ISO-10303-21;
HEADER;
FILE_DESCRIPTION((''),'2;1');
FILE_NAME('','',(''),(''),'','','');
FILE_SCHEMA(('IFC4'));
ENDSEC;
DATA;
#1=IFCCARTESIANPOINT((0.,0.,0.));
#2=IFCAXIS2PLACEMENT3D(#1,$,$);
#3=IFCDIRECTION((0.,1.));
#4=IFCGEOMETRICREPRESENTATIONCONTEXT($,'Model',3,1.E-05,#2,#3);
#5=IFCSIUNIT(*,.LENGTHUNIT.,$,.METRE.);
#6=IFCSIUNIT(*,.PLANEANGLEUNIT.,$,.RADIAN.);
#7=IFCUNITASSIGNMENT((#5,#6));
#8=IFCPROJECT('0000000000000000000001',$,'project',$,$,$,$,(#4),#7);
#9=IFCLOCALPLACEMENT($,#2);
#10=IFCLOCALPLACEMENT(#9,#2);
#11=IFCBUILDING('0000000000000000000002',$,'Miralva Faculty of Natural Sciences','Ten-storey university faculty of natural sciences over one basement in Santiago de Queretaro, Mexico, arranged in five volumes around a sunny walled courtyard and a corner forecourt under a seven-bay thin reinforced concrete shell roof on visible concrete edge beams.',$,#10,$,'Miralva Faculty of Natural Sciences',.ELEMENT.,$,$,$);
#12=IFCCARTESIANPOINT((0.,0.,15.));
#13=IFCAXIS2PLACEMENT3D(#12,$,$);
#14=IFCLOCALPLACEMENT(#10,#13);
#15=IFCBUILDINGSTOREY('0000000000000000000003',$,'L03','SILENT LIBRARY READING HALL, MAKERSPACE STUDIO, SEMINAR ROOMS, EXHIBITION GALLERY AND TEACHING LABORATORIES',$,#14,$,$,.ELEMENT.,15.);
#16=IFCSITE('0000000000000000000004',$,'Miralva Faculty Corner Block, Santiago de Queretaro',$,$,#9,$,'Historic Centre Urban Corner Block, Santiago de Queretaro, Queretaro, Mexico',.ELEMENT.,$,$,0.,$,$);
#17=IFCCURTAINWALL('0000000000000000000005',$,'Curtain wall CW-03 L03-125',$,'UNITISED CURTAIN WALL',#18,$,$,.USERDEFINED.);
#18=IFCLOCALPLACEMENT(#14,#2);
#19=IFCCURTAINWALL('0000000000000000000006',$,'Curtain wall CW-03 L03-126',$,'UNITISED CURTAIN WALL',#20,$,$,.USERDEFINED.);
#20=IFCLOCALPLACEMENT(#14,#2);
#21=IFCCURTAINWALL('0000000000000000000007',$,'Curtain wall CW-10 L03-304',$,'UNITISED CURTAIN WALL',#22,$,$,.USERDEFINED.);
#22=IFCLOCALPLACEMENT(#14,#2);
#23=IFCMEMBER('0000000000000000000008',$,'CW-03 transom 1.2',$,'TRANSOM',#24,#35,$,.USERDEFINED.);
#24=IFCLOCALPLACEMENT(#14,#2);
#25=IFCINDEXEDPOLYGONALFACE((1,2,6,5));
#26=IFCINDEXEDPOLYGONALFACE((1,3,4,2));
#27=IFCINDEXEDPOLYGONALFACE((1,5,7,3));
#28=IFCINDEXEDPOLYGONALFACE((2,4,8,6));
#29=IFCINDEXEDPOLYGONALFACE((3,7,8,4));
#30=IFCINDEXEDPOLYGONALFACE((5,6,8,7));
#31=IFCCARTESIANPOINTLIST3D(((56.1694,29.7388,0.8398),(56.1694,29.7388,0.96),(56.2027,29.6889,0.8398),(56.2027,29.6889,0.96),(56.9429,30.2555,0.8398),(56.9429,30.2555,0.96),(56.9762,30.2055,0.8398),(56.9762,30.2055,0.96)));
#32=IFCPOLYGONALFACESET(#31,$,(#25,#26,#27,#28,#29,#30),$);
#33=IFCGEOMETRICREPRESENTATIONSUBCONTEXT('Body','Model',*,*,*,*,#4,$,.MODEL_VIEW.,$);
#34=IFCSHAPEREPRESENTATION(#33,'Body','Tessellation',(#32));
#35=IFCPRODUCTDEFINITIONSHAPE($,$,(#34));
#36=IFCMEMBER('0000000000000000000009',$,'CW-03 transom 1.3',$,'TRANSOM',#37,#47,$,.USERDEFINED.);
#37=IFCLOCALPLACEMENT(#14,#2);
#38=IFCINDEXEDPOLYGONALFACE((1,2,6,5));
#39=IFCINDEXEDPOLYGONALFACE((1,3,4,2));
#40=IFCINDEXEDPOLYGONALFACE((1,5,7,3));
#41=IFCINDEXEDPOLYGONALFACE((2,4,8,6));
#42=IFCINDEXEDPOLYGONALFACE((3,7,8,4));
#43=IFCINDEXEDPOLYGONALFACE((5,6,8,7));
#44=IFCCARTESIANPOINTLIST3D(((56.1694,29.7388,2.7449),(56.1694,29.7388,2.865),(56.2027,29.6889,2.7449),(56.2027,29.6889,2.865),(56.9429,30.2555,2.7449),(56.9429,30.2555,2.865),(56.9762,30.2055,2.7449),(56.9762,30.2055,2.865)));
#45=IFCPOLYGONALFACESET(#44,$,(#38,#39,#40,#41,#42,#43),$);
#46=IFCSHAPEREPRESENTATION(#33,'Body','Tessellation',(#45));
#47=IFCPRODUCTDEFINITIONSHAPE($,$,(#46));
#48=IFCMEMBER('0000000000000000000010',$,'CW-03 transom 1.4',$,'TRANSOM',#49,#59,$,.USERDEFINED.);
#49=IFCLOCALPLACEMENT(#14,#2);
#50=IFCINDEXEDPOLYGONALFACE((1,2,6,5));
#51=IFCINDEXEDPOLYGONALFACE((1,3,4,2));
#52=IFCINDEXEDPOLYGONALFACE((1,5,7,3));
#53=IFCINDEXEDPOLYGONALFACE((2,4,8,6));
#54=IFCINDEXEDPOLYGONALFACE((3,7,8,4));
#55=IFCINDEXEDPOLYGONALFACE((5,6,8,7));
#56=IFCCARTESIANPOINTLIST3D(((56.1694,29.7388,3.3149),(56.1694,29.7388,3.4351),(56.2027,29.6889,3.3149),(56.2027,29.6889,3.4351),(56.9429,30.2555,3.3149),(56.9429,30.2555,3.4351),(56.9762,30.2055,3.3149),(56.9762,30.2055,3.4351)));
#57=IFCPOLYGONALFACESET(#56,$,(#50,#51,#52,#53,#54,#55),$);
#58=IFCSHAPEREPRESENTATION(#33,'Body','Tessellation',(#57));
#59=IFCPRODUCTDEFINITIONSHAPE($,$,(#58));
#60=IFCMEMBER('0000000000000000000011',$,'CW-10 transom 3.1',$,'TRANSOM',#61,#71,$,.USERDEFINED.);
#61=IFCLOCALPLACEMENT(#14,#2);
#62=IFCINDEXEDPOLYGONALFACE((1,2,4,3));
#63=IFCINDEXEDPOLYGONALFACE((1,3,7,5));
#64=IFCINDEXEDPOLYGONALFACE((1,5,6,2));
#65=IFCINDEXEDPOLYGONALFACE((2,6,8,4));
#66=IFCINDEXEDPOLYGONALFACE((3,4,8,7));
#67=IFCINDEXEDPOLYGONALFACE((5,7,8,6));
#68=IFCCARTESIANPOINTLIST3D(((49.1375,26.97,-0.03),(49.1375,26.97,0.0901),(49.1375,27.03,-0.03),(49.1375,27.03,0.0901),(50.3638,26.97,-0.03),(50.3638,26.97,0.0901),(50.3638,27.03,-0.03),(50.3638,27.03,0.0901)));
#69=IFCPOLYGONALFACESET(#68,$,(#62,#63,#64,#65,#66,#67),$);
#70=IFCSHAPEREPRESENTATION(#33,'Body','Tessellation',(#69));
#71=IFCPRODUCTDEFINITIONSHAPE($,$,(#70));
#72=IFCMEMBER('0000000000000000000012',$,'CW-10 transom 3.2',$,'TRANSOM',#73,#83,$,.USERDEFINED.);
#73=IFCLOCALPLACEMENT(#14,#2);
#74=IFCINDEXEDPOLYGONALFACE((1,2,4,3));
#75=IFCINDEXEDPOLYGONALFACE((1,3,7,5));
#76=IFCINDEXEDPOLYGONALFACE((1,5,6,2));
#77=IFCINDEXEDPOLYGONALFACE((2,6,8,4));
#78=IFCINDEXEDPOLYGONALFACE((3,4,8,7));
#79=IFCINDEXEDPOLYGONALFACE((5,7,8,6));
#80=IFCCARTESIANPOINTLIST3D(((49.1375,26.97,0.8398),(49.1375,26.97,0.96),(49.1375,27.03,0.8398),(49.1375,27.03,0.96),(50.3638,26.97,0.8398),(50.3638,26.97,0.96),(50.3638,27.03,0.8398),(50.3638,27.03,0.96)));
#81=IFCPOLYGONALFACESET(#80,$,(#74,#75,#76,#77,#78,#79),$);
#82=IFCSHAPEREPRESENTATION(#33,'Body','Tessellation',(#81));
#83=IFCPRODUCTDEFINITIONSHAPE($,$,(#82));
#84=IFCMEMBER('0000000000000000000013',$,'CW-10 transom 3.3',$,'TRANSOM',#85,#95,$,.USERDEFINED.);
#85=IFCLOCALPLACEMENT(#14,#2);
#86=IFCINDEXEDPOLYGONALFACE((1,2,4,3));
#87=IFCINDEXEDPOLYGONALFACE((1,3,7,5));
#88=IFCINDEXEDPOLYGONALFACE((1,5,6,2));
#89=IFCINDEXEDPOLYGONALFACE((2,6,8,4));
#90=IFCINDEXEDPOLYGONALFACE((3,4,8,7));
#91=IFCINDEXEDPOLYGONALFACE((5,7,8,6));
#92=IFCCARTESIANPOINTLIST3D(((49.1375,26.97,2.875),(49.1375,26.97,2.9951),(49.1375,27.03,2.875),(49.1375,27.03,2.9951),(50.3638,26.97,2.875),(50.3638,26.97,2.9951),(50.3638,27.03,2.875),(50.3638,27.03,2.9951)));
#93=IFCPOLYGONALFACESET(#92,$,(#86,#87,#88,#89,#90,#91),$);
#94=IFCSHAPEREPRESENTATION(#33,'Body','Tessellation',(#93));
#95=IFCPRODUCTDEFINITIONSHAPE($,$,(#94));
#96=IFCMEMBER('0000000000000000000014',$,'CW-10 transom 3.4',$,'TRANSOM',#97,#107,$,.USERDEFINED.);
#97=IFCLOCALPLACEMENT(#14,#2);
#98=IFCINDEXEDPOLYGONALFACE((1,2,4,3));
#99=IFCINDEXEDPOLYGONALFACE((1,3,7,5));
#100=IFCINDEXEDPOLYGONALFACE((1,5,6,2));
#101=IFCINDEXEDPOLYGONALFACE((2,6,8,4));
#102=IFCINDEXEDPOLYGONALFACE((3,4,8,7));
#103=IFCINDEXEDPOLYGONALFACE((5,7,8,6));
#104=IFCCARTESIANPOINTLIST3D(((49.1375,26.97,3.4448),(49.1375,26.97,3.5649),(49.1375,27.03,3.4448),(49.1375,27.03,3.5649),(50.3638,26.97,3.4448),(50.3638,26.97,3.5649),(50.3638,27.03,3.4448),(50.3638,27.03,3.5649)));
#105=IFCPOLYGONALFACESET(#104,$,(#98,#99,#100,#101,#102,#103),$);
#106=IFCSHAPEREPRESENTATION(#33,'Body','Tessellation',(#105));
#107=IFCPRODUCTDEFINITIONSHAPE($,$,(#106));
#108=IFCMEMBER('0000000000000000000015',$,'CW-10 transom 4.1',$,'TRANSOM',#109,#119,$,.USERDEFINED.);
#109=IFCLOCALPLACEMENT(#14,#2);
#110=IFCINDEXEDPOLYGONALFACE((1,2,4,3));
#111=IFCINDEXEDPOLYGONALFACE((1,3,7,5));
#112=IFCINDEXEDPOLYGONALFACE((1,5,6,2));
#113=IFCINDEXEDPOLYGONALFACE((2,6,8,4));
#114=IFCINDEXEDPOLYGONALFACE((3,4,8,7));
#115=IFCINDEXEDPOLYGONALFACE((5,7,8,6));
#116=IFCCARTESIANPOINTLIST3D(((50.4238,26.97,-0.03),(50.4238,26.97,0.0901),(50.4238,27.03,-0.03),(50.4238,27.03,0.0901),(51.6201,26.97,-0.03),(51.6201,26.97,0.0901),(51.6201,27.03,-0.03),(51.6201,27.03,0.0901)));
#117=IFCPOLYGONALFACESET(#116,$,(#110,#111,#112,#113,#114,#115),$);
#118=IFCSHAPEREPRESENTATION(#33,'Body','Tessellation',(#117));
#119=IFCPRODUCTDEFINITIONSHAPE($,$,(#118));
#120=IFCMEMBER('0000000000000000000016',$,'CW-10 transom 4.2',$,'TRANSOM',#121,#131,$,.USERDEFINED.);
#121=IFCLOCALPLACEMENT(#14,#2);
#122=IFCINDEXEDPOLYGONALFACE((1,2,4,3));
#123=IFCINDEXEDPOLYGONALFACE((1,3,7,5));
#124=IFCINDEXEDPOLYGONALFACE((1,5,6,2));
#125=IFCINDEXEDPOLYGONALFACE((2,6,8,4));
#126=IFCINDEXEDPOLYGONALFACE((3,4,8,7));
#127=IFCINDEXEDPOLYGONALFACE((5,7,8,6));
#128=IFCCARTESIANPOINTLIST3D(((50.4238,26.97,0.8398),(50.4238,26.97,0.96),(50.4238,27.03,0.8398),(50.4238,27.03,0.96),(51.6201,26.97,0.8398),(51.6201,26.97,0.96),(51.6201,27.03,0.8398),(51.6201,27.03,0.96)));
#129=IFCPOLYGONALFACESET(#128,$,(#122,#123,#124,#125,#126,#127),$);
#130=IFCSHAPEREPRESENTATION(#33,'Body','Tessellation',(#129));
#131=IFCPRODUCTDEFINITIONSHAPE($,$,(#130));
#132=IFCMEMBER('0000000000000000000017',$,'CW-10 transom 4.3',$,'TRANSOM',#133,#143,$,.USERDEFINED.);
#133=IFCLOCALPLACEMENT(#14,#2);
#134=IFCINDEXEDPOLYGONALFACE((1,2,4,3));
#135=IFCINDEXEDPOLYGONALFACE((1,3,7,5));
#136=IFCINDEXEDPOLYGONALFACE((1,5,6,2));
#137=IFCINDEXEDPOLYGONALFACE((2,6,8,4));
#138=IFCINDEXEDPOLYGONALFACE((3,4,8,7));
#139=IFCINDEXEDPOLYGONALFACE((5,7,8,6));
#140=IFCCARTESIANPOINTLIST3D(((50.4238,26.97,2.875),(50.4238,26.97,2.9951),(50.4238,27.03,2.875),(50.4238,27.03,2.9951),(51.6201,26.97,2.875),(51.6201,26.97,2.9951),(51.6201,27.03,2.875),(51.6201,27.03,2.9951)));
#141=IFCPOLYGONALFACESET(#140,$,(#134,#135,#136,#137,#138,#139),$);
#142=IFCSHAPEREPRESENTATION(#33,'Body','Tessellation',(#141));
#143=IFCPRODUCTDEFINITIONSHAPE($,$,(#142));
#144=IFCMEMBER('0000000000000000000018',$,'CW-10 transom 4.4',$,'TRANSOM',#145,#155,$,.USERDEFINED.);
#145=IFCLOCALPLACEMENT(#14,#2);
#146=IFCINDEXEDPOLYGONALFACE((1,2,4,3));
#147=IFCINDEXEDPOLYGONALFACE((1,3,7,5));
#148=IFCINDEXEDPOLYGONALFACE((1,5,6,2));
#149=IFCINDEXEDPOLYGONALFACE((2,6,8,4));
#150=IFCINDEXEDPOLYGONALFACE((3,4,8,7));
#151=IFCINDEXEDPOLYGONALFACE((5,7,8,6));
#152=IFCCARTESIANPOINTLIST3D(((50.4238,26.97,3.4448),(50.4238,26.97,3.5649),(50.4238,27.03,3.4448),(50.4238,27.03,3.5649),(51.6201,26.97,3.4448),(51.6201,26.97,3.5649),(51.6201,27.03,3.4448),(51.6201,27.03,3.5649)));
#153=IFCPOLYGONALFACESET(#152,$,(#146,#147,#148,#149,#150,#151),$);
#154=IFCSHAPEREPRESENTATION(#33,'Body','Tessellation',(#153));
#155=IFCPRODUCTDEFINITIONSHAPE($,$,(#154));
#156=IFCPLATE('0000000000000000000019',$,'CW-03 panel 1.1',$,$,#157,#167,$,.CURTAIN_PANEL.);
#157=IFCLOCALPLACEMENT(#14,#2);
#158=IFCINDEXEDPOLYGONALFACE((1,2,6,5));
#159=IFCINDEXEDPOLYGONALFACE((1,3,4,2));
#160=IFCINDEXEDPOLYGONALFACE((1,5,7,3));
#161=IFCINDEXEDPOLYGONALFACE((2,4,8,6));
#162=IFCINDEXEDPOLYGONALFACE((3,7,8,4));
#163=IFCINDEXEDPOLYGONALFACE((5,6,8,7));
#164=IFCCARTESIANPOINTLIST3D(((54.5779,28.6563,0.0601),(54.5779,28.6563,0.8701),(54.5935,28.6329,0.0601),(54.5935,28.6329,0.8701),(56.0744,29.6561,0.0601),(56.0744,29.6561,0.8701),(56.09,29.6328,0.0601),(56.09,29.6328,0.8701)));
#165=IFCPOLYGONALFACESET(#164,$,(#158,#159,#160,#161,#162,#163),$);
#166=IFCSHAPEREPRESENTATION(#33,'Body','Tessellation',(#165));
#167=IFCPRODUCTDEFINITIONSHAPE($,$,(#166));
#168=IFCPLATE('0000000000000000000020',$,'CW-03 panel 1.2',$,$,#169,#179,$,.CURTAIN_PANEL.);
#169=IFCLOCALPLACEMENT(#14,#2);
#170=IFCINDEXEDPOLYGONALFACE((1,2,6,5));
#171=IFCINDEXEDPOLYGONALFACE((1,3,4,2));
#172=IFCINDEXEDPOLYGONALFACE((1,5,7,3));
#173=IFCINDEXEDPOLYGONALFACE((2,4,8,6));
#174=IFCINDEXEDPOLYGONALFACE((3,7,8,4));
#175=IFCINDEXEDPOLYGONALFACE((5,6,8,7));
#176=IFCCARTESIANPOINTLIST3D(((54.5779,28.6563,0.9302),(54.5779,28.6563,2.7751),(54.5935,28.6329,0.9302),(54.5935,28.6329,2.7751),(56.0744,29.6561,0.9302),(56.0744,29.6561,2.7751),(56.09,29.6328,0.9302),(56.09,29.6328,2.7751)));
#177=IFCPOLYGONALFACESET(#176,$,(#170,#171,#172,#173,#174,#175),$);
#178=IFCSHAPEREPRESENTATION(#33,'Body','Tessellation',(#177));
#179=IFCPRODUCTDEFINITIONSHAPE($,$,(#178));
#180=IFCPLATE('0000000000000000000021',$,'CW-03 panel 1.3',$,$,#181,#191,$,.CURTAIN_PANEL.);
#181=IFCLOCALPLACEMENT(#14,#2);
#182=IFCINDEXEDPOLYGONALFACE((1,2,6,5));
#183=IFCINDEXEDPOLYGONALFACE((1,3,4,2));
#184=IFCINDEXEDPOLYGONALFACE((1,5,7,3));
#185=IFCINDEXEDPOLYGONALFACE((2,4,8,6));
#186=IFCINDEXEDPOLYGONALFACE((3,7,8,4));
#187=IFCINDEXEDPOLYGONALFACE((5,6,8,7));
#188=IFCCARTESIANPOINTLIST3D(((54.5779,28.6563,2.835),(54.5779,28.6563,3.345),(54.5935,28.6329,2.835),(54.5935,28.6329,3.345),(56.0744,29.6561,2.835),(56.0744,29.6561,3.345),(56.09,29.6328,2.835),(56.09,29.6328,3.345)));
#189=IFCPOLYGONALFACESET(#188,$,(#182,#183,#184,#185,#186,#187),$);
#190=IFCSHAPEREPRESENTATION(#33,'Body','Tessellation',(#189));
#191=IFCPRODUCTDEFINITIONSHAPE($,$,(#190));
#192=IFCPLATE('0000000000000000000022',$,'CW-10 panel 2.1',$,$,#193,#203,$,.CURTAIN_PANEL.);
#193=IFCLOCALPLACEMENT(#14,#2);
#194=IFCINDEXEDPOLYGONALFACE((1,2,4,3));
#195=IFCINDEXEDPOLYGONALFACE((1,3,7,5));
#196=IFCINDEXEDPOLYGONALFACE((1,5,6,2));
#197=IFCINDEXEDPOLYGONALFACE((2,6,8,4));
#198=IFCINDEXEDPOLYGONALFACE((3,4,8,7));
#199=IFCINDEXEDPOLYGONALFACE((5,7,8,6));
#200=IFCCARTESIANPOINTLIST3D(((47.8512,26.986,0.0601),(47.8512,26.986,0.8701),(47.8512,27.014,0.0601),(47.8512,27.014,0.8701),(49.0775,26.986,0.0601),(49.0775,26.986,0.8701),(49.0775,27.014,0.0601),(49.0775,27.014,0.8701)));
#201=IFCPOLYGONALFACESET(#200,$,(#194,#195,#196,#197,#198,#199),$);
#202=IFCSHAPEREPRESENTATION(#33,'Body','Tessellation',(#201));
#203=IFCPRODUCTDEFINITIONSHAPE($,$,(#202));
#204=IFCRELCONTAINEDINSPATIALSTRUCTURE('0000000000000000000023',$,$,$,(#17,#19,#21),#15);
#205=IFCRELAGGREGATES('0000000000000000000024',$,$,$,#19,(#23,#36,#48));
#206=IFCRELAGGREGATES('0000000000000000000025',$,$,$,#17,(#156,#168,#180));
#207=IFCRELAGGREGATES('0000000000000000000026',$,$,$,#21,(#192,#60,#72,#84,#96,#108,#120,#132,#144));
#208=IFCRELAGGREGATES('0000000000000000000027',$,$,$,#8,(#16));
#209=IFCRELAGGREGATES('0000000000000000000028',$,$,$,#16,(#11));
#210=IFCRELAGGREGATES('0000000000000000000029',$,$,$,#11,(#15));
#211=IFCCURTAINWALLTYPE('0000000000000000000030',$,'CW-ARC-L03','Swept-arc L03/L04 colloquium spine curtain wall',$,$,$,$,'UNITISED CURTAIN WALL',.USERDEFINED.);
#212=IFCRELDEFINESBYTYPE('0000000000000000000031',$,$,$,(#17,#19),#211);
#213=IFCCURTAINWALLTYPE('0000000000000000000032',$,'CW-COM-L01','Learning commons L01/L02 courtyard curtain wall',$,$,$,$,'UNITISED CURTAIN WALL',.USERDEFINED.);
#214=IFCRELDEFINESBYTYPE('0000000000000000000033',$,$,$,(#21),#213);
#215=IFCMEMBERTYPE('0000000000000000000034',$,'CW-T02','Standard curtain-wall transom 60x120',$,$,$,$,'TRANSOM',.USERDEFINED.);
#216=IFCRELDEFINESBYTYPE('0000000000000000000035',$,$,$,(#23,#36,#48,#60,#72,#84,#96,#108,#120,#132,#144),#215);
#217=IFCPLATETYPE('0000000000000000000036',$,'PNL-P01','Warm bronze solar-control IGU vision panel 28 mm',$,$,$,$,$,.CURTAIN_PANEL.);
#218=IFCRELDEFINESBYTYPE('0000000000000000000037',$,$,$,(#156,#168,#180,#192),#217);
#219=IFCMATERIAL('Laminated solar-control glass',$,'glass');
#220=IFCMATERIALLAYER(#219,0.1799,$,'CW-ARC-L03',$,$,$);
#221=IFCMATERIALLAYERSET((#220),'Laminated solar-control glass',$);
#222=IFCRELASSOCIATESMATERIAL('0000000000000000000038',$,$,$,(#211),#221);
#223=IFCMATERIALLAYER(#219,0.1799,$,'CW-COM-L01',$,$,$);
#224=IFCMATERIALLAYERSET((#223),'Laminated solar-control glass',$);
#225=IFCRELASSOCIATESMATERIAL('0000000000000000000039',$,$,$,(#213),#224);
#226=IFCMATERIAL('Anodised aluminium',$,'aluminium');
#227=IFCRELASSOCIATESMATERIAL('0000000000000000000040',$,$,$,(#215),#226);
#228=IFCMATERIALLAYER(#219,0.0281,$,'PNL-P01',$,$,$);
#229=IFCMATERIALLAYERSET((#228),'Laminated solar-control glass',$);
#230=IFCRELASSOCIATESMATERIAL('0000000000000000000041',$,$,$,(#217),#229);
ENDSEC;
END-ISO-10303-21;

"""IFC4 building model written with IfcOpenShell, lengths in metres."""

from ifc_helpers import new_model, si_unit, direction, frame, origin, origin_2d, place, context, subcontext, project, spatial, rectangle, extrude, material, layer, layer_set, material_profile, profile_set, type_object, element, aggregate, save


model = new_model("IFC4")

# Units and contexts
model_context = context("Model", 3, precision=1e-05, world=origin(), true_north=direction((0.0, 1.0)))
body_context = subcontext(model_context, "Body", "Model", "MODEL_VIEW")
ifc_project = project(units=[si_unit("LENGTHUNIT", "METRE"), si_unit("PLANEANGLEUNIT", "RADIAN")], contexts=[model_context])

# Site, building, storey
site_placement = place(None, origin())
site = spatial("IfcSite", under=ifc_project, at=site_placement, Name="Miralva Faculty Corner Block, Santiago de Queretaro", LongName="Historic Centre Urban Corner Block, Santiago de Queretaro, Queretaro, Mexico", CompositionType="ELEMENT", RefElevation=0.0)
building_placement = place(site_placement, origin())
building = spatial("IfcBuilding", under=site, at=building_placement, Name="Miralva Faculty of Natural Sciences", Description="Ten-storey university faculty of natural sciences over one basement in Santiago de Queretaro, Mexico, arranged in five volumes around a sunny walled courtyard and a corner forecourt under a seven-bay thin reinforced concrete shell roof on visible concrete edge beams.", LongName="Miralva Faculty of Natural Sciences", CompositionType="ELEMENT")
storey_placement = place(building_placement, frame((0.0, 0.0, 15.0)))
storey = spatial("IfcBuildingStorey", under=building, at=storey_placement, Name="L03", Description="SILENT LIBRARY READING HALL, MAKERSPACE STUDIO, SEMINAR ROOMS, EXHIBITION GALLERY AND TEACHING LABORATORIES", CompositionType="ELEMENT", Elevation=15.0)

# Curtain wall
ifc_material_1 = material(Name="Laminated solar-control glass", Category="glass")
ifc_layer_1 = layer(ifc_material_1, 0.1799, Name="CW-ARC-L03")
ifc_layer_set_1 = layer_set([ifc_layer_1], Name="Laminated solar-control glass")
curtain_wall_type_1 = type_object("IfcCurtainWallType", Name="CW-ARC-L03", Description="Swept-arc L03/L04 colloquium spine curtain wall", ElementType="UNITISED CURTAIN WALL", PredefinedType="USERDEFINED", material=ifc_layer_set_1)
curtain_wall_1_placement = place(storey_placement, origin())
curtain_wall_1 = element("IfcCurtainWall", 1, at=curtain_wall_1_placement, inside=storey, type_object=curtain_wall_type_1, Name="Curtain wall CW-03 L03-125", ObjectType="UNITISED CURTAIN WALL", PredefinedType="USERDEFINED")
ifc_material_2 = material(Name="Anodised aluminium", Category="aluminium")

# Curtain wall
curtain_wall_2_placement = place(storey_placement, origin())
curtain_wall_2 = element("IfcCurtainWall", 2, at=curtain_wall_2_placement, inside=storey, type_object=curtain_wall_type_1, Name="Curtain wall CW-03 L03-126", ObjectType="UNITISED CURTAIN WALL", PredefinedType="USERDEFINED")

# Curtain wall
ifc_layer_2 = layer(ifc_material_1, 0.1799, Name="CW-COM-L01")
ifc_layer_set_2 = layer_set([ifc_layer_2], Name="Laminated solar-control glass")
curtain_wall_type_2 = type_object("IfcCurtainWallType", Name="CW-COM-L01", Description="Learning commons L01/L02 courtyard curtain wall", ElementType="UNITISED CURTAIN WALL", PredefinedType="USERDEFINED", material=ifc_layer_set_2)
curtain_wall_3_placement = place(storey_placement, origin())
curtain_wall_3 = element("IfcCurtainWall", 3, at=curtain_wall_3_placement, inside=storey, type_object=curtain_wall_type_2, Name="Curtain wall CW-10 L03-304", ObjectType="UNITISED CURTAIN WALL", PredefinedType="USERDEFINED")

# Members
ifc_material_profile_1 = material_profile(ifc_material_2, rectangle(XDim=0.0601, YDim=0.1201, at=origin_2d()), Name="TRANSOM 60x120")
ifc_profile_set_1 = profile_set([ifc_material_profile_1], Name="Anodised aluminium")
member_type_1 = type_object("IfcMemberType", Name="CW-T02", Description="Standard curtain-wall transom 60x120", ElementType="TRANSOM", PredefinedType="USERDEFINED", material=ifc_profile_set_1)
member_1_placement = place(storey_placement, frame((56.186, 29.7139, 0.8999), z_axis=(0.831565, 0.555427, 0.0), x_axis=(-0.555427, 0.831565, 0.0)))
member_1 = element("IfcMember", 4, at=member_1_placement, type_object=member_type_1, Name="CW-03 transom 1.2", ObjectType="TRANSOM", PredefinedType="USERDEFINED", context=body_context, shape_type="SweptSolid", body=[
    extrude(rectangle(XDim=0.0601, YDim=0.1201, at=origin_2d()), origin(), (0.0, 0.0, 1.0), 0.9302),
])
member_2_placement = place(storey_placement, frame((56.186, 29.7139, 2.8049), z_axis=(0.831565, 0.555427, 0.0), x_axis=(-0.555427, 0.831565, 0.0)))
member_2 = element("IfcMember", 5, at=member_2_placement, type_object=member_type_1, Name="CW-03 transom 1.3", ObjectType="TRANSOM", PredefinedType="USERDEFINED", context=body_context, shape_type="SweptSolid", body=[
    extrude(rectangle(XDim=0.0601, YDim=0.1201, at=origin_2d()), origin(), (0.0, 0.0, 1.0), 0.9302),
])
member_3_placement = place(storey_placement, frame((56.186, 29.7139, 3.375), z_axis=(0.831565, 0.555427, 0.0), x_axis=(-0.555427, 0.831565, 0.0)))
member_3 = element("IfcMember", 6, at=member_3_placement, type_object=member_type_1, Name="CW-03 transom 1.4", ObjectType="TRANSOM", PredefinedType="USERDEFINED", context=body_context, shape_type="SweptSolid", body=[
    extrude(rectangle(XDim=0.0601, YDim=0.1201, at=origin_2d()), origin(), (0.0, 0.0, 1.0), 0.9302),
])
aggregate(curtain_wall_2, [member_1, member_2, member_3])
member_4_placement = place(storey_placement, frame((49.1375, 27.0, 0.03), z_axis=(1.0, 0.0, 0.0), x_axis=(0.0, 1.0, 0.0)))
member_4 = element("IfcMember", 7, at=member_4_placement, type_object=member_type_1, Name="CW-10 transom 3.1", ObjectType="TRANSOM", PredefinedType="USERDEFINED", context=body_context, shape_type="SweptSolid", body=[
    extrude(rectangle(XDim=0.0601, YDim=0.1201, at=origin_2d()), origin(), (0.0, 0.0, 1.0), 1.2263),
])
member_5_placement = place(storey_placement, frame((49.1375, 27.0, 0.8999), z_axis=(1.0, 0.0, 0.0), x_axis=(0.0, 1.0, 0.0)))
member_5 = element("IfcMember", 8, at=member_5_placement, type_object=member_type_1, Name="CW-10 transom 3.2", ObjectType="TRANSOM", PredefinedType="USERDEFINED", context=body_context, shape_type="SweptSolid", body=[
    extrude(rectangle(XDim=0.0601, YDim=0.1201, at=origin_2d()), origin(), (0.0, 0.0, 1.0), 1.2263),
])
member_6_placement = place(storey_placement, frame((49.1375, 27.0, 2.9351), z_axis=(1.0, 0.0, 0.0), x_axis=(0.0, 1.0, 0.0)))
member_6 = element("IfcMember", 9, at=member_6_placement, type_object=member_type_1, Name="CW-10 transom 3.3", ObjectType="TRANSOM", PredefinedType="USERDEFINED", context=body_context, shape_type="SweptSolid", body=[
    extrude(rectangle(XDim=0.0601, YDim=0.1201, at=origin_2d()), origin(), (0.0, 0.0, 1.0), 1.2263),
])
member_7_placement = place(storey_placement, frame((49.1375, 27.0, 3.5049), z_axis=(1.0, 0.0, 0.0), x_axis=(0.0, 1.0, 0.0)))
member_7 = element("IfcMember", 10, at=member_7_placement, type_object=member_type_1, Name="CW-10 transom 3.4", ObjectType="TRANSOM", PredefinedType="USERDEFINED", context=body_context, shape_type="SweptSolid", body=[
    extrude(rectangle(XDim=0.0601, YDim=0.1201, at=origin_2d()), origin(), (0.0, 0.0, 1.0), 1.2263),
])
member_8_placement = place(storey_placement, frame((50.4238, 27.0, 0.03), z_axis=(1.0, 0.0, 0.0), x_axis=(0.0, 1.0, 0.0)))
member_8 = element("IfcMember", 11, at=member_8_placement, type_object=member_type_1, Name="CW-10 transom 4.1", ObjectType="TRANSOM", PredefinedType="USERDEFINED", context=body_context, shape_type="SweptSolid", body=[
    extrude(rectangle(XDim=0.0601, YDim=0.1201, at=origin_2d()), origin(), (0.0, 0.0, 1.0), 1.1963),
])
member_9_placement = place(storey_placement, frame((50.4238, 27.0, 0.8999), z_axis=(1.0, 0.0, 0.0), x_axis=(0.0, 1.0, 0.0)))
member_9 = element("IfcMember", 12, at=member_9_placement, type_object=member_type_1, Name="CW-10 transom 4.2", ObjectType="TRANSOM", PredefinedType="USERDEFINED", context=body_context, shape_type="SweptSolid", body=[
    extrude(rectangle(XDim=0.0601, YDim=0.1201, at=origin_2d()), origin(), (0.0, 0.0, 1.0), 1.1963),
])
member_10_placement = place(storey_placement, frame((50.4238, 27.0, 2.9351), z_axis=(1.0, 0.0, 0.0), x_axis=(0.0, 1.0, 0.0)))
member_10 = element("IfcMember", 13, at=member_10_placement, type_object=member_type_1, Name="CW-10 transom 4.3", ObjectType="TRANSOM", PredefinedType="USERDEFINED", context=body_context, shape_type="SweptSolid", body=[
    extrude(rectangle(XDim=0.0601, YDim=0.1201, at=origin_2d()), origin(), (0.0, 0.0, 1.0), 1.1963),
])
member_11_placement = place(storey_placement, frame((50.4238, 27.0, 3.5049), z_axis=(1.0, 0.0, 0.0), x_axis=(0.0, 1.0, 0.0)))
member_11 = element("IfcMember", 14, at=member_11_placement, type_object=member_type_1, Name="CW-10 transom 4.4", ObjectType="TRANSOM", PredefinedType="USERDEFINED", context=body_context, shape_type="SweptSolid", body=[
    extrude(rectangle(XDim=0.0601, YDim=0.1201, at=origin_2d()), origin(), (0.0, 0.0, 1.0), 1.1963),
])

# Plates
ifc_layer_3 = layer(ifc_material_1, 0.0281, Name="PNL-P01")
ifc_layer_set_3 = layer_set([ifc_layer_3], Name="Laminated solar-control glass")
plate_type = type_object("IfcPlateType", Name="PNL-P01", Description="Warm bronze solar-control IGU vision panel 28 mm", PredefinedType="CURTAIN_PANEL", material=ifc_layer_set_3)
plate_1_placement = place(storey_placement, frame((55.334, 29.1445, 0.0601), z_axis=(0.0, 0.0, 1.0), x_axis=(0.831484, 0.555549, 0.0)))
plate_1 = element("IfcPlate", 15, at=plate_1_placement, type_object=plate_type, Name="CW-03 panel 1.1", PredefinedType="CURTAIN_PANEL", context=body_context, shape_type="SweptSolid", body=[
    extrude(rectangle(XDim=1.7998, YDim=0.0281, at=origin_2d()), origin(), (0.0, 0.0, 1.0), 0.8101),
])
plate_2_placement = place(storey_placement, frame((55.334, 29.1445, 0.9302), z_axis=(0.0, 0.0, 1.0), x_axis=(0.831484, 0.555549, 0.0)))
plate_2 = element("IfcPlate", 16, at=plate_2_placement, type_object=plate_type, Name="CW-03 panel 1.2", PredefinedType="CURTAIN_PANEL", context=body_context, shape_type="SweptSolid", body=[
    extrude(rectangle(XDim=1.7998, YDim=0.0281, at=origin_2d()), origin(), (0.0, 0.0, 1.0), 1.845),
])
plate_3_placement = place(storey_placement, frame((55.334, 29.1445, 2.835), z_axis=(0.0, 0.0, 1.0), x_axis=(0.831484, 0.555549, 0.0)))
plate_3 = element("IfcPlate", 17, at=plate_3_placement, type_object=plate_type, Name="CW-03 panel 1.3", PredefinedType="CURTAIN_PANEL", context=body_context, shape_type="SweptSolid", body=[
    extrude(rectangle(XDim=1.7998, YDim=0.0281, at=origin_2d()), origin(), (0.0, 0.0, 1.0), 0.51),
])
aggregate(curtain_wall_1, [plate_1, plate_2, plate_3])
plate_4_placement = place(storey_placement, frame((48.4644, 27.0, 0.0601), z_axis=(0.0, 0.0, 1.0), x_axis=(1.0, 0.0, 0.0)))
plate_4 = element("IfcPlate", 18, at=plate_4_placement, type_object=plate_type, Name="CW-10 panel 2.1", PredefinedType="CURTAIN_PANEL", context=body_context, shape_type="SweptSolid", body=[
    extrude(rectangle(XDim=1.2263, YDim=0.0281, at=origin_2d()), origin(), (0.0, 0.0, 1.0), 0.8101),
])
aggregate(curtain_wall_3, [plate_4, member_4, member_5, member_6, member_7, member_8, member_9, member_10, member_11])

save(model, "model.ifc")
